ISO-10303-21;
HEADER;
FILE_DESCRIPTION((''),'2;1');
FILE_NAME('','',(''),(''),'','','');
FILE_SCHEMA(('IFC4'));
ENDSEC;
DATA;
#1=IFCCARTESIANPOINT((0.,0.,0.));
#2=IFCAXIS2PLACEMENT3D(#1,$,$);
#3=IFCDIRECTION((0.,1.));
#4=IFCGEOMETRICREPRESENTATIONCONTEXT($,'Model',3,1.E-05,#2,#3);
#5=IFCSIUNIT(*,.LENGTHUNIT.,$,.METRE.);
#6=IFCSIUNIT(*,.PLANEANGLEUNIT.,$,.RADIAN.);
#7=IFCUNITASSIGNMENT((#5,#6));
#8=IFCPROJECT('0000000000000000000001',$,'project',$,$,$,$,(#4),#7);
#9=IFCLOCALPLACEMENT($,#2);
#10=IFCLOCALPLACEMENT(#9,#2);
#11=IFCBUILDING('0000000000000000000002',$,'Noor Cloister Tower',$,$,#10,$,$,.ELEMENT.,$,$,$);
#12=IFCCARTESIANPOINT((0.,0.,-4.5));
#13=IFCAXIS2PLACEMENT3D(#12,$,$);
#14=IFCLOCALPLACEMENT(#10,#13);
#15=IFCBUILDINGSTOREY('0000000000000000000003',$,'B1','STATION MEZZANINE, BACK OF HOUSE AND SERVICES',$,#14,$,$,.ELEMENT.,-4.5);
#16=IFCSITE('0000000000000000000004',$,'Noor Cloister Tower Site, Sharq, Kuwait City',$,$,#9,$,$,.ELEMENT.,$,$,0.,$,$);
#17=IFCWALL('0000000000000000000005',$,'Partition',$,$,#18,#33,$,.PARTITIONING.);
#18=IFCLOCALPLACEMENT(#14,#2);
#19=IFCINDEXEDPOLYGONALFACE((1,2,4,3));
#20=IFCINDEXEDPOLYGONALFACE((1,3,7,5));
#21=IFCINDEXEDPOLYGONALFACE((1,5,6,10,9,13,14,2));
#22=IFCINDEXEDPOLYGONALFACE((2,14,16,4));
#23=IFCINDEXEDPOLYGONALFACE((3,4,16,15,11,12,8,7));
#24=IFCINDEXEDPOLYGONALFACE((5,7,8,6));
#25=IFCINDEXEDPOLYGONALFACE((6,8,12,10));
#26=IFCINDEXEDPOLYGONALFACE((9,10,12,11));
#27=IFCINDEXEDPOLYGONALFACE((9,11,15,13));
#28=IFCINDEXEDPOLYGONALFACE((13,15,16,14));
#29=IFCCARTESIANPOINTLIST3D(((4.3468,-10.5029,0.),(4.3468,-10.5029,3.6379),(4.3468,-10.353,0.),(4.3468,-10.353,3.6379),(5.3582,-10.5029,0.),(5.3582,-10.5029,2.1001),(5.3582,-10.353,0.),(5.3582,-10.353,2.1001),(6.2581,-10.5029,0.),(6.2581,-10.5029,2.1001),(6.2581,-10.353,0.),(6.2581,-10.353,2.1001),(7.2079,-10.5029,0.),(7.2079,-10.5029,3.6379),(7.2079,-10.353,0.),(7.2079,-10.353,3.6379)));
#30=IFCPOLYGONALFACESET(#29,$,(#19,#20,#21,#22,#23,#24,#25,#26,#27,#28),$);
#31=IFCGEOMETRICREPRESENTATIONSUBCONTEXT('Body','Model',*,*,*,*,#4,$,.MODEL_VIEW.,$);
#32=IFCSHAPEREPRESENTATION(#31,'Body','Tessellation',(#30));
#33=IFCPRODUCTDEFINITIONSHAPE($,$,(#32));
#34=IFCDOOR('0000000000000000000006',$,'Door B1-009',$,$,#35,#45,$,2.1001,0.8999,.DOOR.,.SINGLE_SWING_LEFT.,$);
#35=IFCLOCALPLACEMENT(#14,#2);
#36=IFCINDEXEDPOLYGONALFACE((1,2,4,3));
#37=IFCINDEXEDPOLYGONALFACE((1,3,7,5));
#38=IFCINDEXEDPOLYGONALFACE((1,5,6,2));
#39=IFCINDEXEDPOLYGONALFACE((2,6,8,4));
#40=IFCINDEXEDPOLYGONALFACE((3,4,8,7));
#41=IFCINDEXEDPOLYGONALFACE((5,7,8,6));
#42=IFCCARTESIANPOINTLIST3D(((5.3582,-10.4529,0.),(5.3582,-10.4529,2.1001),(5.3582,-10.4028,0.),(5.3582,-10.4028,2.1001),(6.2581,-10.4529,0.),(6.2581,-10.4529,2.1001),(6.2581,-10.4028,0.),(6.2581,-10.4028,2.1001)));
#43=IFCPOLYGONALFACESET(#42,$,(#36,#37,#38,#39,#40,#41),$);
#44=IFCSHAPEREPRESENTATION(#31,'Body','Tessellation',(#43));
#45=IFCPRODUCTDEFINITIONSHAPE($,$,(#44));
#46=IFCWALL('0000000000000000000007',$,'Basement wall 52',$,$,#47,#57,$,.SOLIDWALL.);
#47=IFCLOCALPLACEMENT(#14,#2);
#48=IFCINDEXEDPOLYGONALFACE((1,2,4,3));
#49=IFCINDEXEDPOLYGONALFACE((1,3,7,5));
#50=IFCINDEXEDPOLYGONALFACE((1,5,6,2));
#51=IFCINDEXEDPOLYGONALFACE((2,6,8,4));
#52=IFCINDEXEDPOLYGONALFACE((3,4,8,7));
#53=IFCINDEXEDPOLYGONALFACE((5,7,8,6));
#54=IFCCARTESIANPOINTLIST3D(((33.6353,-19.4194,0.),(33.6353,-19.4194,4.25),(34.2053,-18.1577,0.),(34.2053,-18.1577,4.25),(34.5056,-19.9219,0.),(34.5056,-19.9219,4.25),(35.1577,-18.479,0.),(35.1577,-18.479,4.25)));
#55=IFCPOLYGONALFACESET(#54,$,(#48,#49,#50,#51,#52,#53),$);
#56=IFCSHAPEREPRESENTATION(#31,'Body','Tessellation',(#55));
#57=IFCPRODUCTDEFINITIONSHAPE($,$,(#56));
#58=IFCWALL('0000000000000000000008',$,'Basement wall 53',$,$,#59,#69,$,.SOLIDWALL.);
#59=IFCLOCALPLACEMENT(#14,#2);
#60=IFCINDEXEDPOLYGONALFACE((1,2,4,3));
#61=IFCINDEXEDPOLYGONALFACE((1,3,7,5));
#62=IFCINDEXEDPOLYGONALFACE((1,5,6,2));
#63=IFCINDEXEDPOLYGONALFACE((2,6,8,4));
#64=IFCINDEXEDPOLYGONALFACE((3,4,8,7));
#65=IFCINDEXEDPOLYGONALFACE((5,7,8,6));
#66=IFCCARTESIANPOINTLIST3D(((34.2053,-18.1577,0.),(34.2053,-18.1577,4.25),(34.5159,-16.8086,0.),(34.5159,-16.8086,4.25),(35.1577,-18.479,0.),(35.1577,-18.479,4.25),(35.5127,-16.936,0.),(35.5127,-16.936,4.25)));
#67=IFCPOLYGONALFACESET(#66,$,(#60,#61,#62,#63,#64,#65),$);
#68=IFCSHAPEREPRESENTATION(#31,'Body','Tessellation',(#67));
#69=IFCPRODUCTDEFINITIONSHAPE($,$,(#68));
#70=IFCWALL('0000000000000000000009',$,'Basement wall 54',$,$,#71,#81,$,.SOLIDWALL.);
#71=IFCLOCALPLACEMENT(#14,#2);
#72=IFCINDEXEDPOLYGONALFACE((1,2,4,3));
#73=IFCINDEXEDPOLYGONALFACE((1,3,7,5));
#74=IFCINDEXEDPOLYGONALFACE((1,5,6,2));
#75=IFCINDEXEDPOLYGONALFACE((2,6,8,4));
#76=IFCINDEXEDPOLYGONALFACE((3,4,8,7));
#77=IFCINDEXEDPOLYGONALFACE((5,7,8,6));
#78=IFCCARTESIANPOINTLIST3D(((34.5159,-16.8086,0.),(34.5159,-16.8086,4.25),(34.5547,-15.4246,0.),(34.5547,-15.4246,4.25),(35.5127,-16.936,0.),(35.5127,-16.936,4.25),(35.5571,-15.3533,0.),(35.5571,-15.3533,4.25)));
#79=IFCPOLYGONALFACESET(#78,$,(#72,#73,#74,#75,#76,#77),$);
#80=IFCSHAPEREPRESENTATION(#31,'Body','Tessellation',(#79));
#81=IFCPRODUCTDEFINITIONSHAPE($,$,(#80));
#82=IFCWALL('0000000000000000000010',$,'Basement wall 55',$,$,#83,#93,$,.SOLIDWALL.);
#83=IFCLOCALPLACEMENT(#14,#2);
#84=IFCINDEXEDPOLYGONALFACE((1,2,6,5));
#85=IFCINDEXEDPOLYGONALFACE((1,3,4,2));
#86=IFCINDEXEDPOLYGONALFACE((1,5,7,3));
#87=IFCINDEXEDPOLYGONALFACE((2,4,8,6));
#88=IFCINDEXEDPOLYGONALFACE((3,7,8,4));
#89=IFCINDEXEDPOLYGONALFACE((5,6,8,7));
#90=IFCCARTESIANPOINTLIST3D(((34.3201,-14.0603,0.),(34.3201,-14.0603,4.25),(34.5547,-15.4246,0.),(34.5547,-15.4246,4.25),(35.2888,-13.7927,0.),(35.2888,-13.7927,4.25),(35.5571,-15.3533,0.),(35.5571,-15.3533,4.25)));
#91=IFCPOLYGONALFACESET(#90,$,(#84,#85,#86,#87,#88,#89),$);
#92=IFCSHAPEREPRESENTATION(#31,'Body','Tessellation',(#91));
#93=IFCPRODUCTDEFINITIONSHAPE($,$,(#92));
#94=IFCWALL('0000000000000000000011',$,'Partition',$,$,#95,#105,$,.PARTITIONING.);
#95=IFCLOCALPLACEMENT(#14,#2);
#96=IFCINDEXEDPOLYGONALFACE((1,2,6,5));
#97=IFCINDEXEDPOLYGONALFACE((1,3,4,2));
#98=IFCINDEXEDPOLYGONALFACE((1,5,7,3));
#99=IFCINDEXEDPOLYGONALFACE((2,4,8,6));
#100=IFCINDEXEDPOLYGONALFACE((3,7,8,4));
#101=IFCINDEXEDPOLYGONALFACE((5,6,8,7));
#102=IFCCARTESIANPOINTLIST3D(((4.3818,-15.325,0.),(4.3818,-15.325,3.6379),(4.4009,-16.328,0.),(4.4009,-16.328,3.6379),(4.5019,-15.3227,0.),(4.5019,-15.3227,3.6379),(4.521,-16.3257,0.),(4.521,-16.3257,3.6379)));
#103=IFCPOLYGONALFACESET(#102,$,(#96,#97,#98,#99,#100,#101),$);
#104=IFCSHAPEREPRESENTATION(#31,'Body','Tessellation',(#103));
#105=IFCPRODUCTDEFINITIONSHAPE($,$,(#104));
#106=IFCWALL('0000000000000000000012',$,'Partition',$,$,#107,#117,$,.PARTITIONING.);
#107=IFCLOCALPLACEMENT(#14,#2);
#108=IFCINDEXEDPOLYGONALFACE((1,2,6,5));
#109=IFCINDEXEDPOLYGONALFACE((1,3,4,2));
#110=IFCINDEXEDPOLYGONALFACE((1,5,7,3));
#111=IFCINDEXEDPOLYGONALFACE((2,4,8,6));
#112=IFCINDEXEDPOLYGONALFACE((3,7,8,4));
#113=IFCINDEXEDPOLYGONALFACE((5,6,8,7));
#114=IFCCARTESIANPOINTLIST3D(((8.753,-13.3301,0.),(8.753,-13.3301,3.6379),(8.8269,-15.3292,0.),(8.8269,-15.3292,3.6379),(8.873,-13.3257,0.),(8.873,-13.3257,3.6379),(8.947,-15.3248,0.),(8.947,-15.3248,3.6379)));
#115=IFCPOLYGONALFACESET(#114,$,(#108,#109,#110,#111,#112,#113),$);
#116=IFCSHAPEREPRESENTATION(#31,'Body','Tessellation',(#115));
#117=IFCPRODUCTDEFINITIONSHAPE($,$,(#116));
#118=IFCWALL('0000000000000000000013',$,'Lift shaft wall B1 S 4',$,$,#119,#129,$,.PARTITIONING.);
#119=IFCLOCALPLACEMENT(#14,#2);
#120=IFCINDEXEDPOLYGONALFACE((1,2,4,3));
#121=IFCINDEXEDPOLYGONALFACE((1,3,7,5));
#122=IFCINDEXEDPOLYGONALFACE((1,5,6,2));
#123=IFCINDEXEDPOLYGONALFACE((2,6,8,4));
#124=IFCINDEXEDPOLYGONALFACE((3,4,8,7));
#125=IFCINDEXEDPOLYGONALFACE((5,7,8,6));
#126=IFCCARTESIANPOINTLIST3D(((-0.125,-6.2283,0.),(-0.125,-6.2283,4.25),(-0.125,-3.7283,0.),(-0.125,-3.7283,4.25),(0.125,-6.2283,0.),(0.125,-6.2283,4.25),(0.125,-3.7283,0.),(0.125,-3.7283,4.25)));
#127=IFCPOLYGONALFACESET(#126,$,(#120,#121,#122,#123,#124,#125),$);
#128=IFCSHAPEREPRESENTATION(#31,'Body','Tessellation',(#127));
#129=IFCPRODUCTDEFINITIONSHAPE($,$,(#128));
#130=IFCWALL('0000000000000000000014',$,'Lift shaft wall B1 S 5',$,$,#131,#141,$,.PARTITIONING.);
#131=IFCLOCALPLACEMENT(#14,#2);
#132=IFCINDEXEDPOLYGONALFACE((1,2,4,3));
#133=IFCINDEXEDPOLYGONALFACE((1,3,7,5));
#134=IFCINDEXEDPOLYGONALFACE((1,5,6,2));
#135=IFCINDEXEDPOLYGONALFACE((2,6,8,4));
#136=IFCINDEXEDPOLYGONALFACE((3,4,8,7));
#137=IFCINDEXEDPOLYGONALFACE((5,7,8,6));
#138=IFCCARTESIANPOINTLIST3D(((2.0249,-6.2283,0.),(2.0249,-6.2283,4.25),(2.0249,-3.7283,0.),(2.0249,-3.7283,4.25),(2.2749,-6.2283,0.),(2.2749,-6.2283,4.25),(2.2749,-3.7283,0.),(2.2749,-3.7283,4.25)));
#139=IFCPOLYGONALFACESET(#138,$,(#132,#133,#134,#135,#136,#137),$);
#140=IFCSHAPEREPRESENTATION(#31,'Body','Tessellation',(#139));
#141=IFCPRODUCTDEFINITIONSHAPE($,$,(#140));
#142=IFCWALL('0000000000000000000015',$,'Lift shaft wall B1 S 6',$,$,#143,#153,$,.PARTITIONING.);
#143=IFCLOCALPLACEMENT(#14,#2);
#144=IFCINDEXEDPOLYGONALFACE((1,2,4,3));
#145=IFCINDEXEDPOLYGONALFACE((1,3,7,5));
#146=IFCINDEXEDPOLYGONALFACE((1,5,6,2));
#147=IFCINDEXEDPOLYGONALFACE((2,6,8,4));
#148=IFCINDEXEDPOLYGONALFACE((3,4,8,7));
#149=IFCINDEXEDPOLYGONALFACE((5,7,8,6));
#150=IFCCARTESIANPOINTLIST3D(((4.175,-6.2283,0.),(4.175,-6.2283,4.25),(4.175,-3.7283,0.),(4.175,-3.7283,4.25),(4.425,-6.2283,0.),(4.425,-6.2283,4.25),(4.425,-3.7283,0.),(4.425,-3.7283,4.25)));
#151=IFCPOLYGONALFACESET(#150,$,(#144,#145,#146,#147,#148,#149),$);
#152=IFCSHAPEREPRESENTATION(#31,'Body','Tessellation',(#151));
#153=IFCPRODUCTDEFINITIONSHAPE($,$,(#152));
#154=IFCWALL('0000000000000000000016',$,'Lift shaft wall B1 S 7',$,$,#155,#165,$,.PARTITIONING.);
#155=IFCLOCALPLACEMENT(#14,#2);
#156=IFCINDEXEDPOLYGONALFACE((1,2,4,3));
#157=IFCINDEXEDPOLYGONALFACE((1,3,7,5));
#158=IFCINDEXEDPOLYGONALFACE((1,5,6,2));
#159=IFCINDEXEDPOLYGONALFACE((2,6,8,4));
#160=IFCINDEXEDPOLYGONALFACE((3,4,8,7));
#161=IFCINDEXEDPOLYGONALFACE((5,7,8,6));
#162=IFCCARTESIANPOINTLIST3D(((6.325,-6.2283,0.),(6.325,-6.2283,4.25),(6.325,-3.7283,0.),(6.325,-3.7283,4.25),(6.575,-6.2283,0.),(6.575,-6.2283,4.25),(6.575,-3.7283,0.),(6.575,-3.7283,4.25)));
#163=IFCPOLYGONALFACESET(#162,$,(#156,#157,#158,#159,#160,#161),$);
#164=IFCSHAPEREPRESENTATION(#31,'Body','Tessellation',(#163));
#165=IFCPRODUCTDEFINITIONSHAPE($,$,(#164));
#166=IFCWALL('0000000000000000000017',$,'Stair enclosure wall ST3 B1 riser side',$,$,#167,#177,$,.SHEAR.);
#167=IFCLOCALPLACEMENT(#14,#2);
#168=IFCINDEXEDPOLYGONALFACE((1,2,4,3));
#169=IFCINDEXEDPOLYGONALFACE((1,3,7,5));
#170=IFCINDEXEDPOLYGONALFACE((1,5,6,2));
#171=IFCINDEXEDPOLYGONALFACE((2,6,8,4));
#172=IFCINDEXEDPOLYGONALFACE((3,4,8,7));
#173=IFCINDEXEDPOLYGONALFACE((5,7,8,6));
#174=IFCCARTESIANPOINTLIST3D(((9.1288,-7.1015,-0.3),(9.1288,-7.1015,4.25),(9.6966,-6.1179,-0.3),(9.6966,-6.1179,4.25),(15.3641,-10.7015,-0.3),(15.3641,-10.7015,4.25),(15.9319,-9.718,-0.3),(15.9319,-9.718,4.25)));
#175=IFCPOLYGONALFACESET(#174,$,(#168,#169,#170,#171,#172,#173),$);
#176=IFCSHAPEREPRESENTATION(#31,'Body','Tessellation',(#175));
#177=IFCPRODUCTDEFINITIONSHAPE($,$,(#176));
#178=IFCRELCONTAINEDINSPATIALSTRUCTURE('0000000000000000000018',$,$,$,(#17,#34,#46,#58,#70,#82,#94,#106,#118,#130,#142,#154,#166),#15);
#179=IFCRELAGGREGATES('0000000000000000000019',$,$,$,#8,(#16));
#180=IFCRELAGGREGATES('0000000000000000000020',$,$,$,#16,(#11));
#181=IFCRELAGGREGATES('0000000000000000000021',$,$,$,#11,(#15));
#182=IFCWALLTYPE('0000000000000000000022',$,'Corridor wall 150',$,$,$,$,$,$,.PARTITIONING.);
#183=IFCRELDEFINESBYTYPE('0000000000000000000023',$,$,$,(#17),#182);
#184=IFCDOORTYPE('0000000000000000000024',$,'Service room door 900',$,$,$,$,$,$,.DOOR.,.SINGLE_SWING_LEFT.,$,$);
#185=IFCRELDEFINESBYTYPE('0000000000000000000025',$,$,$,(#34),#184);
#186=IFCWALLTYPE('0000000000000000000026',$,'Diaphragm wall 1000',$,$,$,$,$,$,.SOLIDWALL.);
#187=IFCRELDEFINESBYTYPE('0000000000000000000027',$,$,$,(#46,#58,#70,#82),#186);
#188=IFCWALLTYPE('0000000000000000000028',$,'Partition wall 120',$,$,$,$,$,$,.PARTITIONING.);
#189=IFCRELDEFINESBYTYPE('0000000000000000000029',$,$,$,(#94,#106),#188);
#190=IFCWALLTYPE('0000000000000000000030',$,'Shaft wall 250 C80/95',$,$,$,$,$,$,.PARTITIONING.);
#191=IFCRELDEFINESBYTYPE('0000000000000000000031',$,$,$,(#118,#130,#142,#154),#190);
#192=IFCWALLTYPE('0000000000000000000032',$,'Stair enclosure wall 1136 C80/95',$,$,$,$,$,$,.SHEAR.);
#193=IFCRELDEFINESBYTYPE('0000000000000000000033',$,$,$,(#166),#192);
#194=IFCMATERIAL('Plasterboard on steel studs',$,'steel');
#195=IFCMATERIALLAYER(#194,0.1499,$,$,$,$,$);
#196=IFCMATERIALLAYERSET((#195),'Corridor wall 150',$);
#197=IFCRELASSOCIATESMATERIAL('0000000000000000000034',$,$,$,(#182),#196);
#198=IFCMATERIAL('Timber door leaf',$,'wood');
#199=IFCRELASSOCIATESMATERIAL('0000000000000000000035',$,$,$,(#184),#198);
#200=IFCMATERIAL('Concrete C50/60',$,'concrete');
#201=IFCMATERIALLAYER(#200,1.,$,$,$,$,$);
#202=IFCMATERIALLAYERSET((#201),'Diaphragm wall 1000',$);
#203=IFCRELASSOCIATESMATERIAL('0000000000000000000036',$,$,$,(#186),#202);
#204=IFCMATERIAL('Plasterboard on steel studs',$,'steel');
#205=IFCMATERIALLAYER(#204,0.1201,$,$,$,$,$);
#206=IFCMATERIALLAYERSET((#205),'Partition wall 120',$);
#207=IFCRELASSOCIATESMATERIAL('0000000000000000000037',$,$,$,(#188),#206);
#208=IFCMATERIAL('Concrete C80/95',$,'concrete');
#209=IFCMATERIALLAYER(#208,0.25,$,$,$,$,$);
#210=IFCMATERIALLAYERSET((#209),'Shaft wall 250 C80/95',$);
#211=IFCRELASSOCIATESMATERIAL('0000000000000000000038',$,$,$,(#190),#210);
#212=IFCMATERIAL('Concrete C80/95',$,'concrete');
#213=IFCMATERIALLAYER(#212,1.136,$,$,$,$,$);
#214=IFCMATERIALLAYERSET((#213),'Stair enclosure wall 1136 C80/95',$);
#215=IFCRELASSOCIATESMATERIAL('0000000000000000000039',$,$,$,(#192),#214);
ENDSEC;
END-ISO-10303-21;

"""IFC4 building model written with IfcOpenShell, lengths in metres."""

from ifc_helpers import new_model, si_unit, direction, frame, frame_2d, origin, place, context, subcontext, project, spatial, polyline, rectangle, outline, extrude, material, layer, layer_set, type_object, element, fill, save


model = new_model("IFC4")

# Units and contexts
model_context = context("Model", 3, precision=1e-05, world=origin(), true_north=direction((0.0, 1.0)))
body_context = subcontext(model_context, "Body", "Model", "MODEL_VIEW")
ifc_project = project(units=[si_unit("LENGTHUNIT", "METRE"), si_unit("PLANEANGLEUNIT", "RADIAN")], contexts=[model_context])

# Site, building, storey
site_placement = place(None, origin())
site = spatial("IfcSite", under=ifc_project, at=site_placement, Name="Noor Cloister Tower Site, Sharq, Kuwait City", CompositionType="ELEMENT", RefElevation=0.0)
building_placement = place(site_placement, origin())
building = spatial("IfcBuilding", under=site, at=building_placement, Name="Noor Cloister Tower", CompositionType="ELEMENT")
storey_placement = place(building_placement, frame((0.0, 0.0, -4.5)))
storey = spatial("IfcBuildingStorey", under=building, at=storey_placement, Name="B1", Description="STATION MEZZANINE, BACK OF HOUSE AND SERVICES", CompositionType="ELEMENT", Elevation=-4.5)

# Shared definitions
ifc_material_1 = material(Name="Plasterboard on steel studs", Category="steel")
ifc_layer_1 = layer(ifc_material_1, 0.1499)
ifc_layer_set_1 = layer_set([ifc_layer_1], Name="Corridor wall 150")
wall_type_1 = type_object("IfcWallType", Name="Corridor wall 150", PredefinedType="PARTITIONING", material=ifc_layer_set_1)

# Wall, opening, door
wall_1_placement = place(storey_placement, frame((7.208, -10.428, 0.0), z_axis=(0.0, 0.0, 1.0), x_axis=(-1.0, 0.0, 0.0)))
wall_1 = element("IfcWall", 1, at=wall_1_placement, inside=storey, type_object=wall_type_1, Name="Partition", PredefinedType="PARTITIONING", context=body_context, shape_type="SweptSolid", body=[
    extrude(rectangle(XDim=2.8611, YDim=0.1499, at=frame_2d((1.4307, 0.0))), origin(), (0.0, 0.0, 1.0), 3.6379),
])
opening_1_placement = place(wall_1_placement, frame((0.95, 0.0, 0.0)))
opening_1 = element("IfcOpeningElement", 2, at=opening_1_placement, cuts=wall_1, PredefinedType="OPENING", context=body_context, shape_type="SweptSolid", body=[
    extrude(rectangle(XDim=0.8999, YDim=2.1001, at=frame_2d((0.45, 1.05))), frame((0.0, 0.085, 0.0), z_axis=(0.0, -1.0, 0.0), x_axis=(1.0, 0.0, 0.0)), (0.0, 0.0, 1.0), 0.1699),
])
ifc_material_2 = material(Name="Timber door leaf", Category="wood")
door_type_1 = type_object("IfcDoorType", Name="Service room door 900", OperationType="SINGLE_SWING_LEFT", PredefinedType="DOOR", material=ifc_material_2)
door_1_placement = place(opening_1_placement, origin())
door_1 = element("IfcDoor", 3, at=door_1_placement, inside=storey, type_object=door_type_1, Name="Door B1-009", OperationType="SINGLE_SWING_LEFT", OverallHeight=2.1001, OverallWidth=0.8999, PredefinedType="DOOR", context=body_context, shape_type="SweptSolid", body=[
    extrude(rectangle(XDim=0.8999, YDim=2.1001, at=frame_2d((0.45, 1.05))), frame((0.0, 0.0249, 0.0), z_axis=(0.0, -1.0, 0.0), x_axis=(1.0, 0.0, 0.0)), (0.0, 0.0, 1.0), 0.05),
])
fill(opening_1, door_1)

# Walls
ifc_material_3 = material(Name="Concrete C50/60", Category="concrete")
ifc_layer_2 = layer(ifc_material_3, 1.0)
ifc_layer_set_2 = layer_set([ifc_layer_2], Name="Diaphragm wall 1000")
wall_type_2 = type_object("IfcWallType", Name="Diaphragm wall 1000", PredefinedType="SOLIDWALL", material=ifc_layer_set_2)
wall_2_placement = place(storey_placement, origin())
element("IfcWall", 4, at=wall_2_placement, inside=storey, type_object=wall_type_2, Name="Basement wall 52", PredefinedType="SOLIDWALL", context=body_context, shape_type="SweptSolid", body=[
    extrude(outline(polyline([(34.5056, -19.9219), (35.1577, -18.479), (34.2053, -18.1577), (33.6353, -19.4194), (34.5056, -19.9219)])), origin(), (0.0, 0.0, 1.0), 4.25),
])
wall_3_placement = place(storey_placement, origin())
element("IfcWall", 5, at=wall_3_placement, inside=storey, type_object=wall_type_2, Name="Basement wall 53", PredefinedType="SOLIDWALL", context=body_context, shape_type="SweptSolid", body=[
    extrude(outline(polyline([(35.1577, -18.479), (35.5127, -16.936), (34.5159, -16.8086), (34.2053, -18.1577), (35.1577, -18.479)])), origin(), (0.0, 0.0, 1.0), 4.25),
])
wall_4_placement = place(storey_placement, origin())
element("IfcWall", 6, at=wall_4_placement, inside=storey, type_object=wall_type_2, Name="Basement wall 54", PredefinedType="SOLIDWALL", context=body_context, shape_type="SweptSolid", body=[
    extrude(outline(polyline([(35.5127, -16.936), (35.5571, -15.3533), (34.5547, -15.4246), (34.5159, -16.8086), (35.5127, -16.936)])), origin(), (0.0, 0.0, 1.0), 4.25),
])
wall_5_placement = place(storey_placement, origin())
element("IfcWall", 7, at=wall_5_placement, inside=storey, type_object=wall_type_2, Name="Basement wall 55", PredefinedType="SOLIDWALL", context=body_context, shape_type="SweptSolid", body=[
    extrude(outline(polyline([(35.5571, -15.3533), (35.2888, -13.7927), (34.3201, -14.0603), (34.5547, -15.4246), (35.5571, -15.3533)])), origin(), (0.0, 0.0, 1.0), 4.25),
])
ifc_material_4 = material(Name="Plasterboard on steel studs", Category="steel")
ifc_layer_3 = layer(ifc_material_4, 0.1201)
ifc_layer_set_3 = layer_set([ifc_layer_3], Name="Partition wall 120")
wall_type_3 = type_object("IfcWallType", Name="Partition wall 120", PredefinedType="PARTITIONING", material=ifc_layer_set_3)
wall_6_placement = place(storey_placement, frame((4.4419, -15.324, 0.0), z_axis=(0.0, 0.0, 1.0), x_axis=(0.018984, -0.99982, 0.0)))
element("IfcWall", 8, at=wall_6_placement, inside=storey, type_object=wall_type_3, Name="Partition", PredefinedType="PARTITIONING", context=body_context, shape_type="SweptSolid", body=[
    extrude(rectangle(XDim=1.0032, YDim=0.1201, at=frame_2d((0.5015, 0.0))), origin(), (0.0, 0.0, 1.0), 3.6379),
])
wall_7_placement = place(storey_placement, frame((8.813, -13.3279, 0.0), z_axis=(0.0, 0.0, 1.0), x_axis=(0.03698, -0.999316, 0.0)))
element("IfcWall", 9, at=wall_7_placement, inside=storey, type_object=wall_type_3, Name="Partition", PredefinedType="PARTITIONING", context=body_context, shape_type="SweptSolid", body=[
    extrude(rectangle(XDim=2.0005, YDim=0.1201, at=frame_2d((1.0002, 0.0))), origin(), (0.0, 0.0, 1.0), 3.6379),
])
ifc_material_5 = material(Name="Concrete C80/95", Category="concrete")
ifc_layer_4 = layer(ifc_material_5, 0.25)
ifc_layer_set_4 = layer_set([ifc_layer_4], Name="Shaft wall 250 C80/95")
wall_type_4 = type_object("IfcWallType", Name="Shaft wall 250 C80/95", PredefinedType="PARTITIONING", material=ifc_layer_set_4)
for number, where, z_axis, x_axis, name in (
    (10, (0.0, -6.2283, 0.0), (0.0, 0.0, 1.0), (0.0, 1.0, 0.0), "Lift shaft wall B1 S 4"),
    (11, (2.1499, -6.2283, 0.0), (0.0, 0.0, 1.0), (0.0, 1.0, 0.0), "Lift shaft wall B1 S 5"),
    (12, (4.3, -6.2283, 0.0), (0.0, 0.0, 1.0), (0.0, 1.0, 0.0), "Lift shaft wall B1 S 6"),
    (13, (6.45, -6.2283, 0.0), (0.0, 0.0, 1.0), (0.0, 1.0, 0.0), "Lift shaft wall B1 S 7"),
):
    element("IfcWall", number, at=place(storey_placement, frame(where, z_axis=z_axis, x_axis=x_axis)), inside=storey, type_object=wall_type_4, Name=name, PredefinedType="PARTITIONING", context=body_context, shape_type="SweptSolid", body=[
        extrude(rectangle(XDim=2.5, YDim=0.25, at=frame_2d((1.25, 0.0))), origin(), (0.0, 0.0, 1.0), 4.25),
    ])
ifc_material_6 = material(Name="Concrete C80/95", Category="concrete")
ifc_layer_5 = layer(ifc_material_6, 1.136)
ifc_layer_set_5 = layer_set([ifc_layer_5], Name="Stair enclosure wall 1136 C80/95")
wall_type_5 = type_object("IfcWallType", Name="Stair enclosure wall 1136 C80/95", PredefinedType="SHEAR", material=ifc_layer_set_5)
wall_8_placement = place(storey_placement, frame((9.4126, -6.6096, -0.3), z_axis=(0.0, 0.0, 1.0), x_axis=(0.866018, -0.500012, 0.0)))
element("IfcWall", 14, at=wall_8_placement, inside=storey, type_object=wall_type_5, Name="Stair enclosure wall ST3 B1 riser side", PredefinedType="SHEAR", context=body_context, shape_type="SweptSolid", body=[
    extrude(rectangle(XDim=7.2, YDim=1.1357, at=frame_2d((3.6001, 0.0))), origin(), (0.0, 0.0, 1.0), 4.55),
])

save(model, "model.ifc")
